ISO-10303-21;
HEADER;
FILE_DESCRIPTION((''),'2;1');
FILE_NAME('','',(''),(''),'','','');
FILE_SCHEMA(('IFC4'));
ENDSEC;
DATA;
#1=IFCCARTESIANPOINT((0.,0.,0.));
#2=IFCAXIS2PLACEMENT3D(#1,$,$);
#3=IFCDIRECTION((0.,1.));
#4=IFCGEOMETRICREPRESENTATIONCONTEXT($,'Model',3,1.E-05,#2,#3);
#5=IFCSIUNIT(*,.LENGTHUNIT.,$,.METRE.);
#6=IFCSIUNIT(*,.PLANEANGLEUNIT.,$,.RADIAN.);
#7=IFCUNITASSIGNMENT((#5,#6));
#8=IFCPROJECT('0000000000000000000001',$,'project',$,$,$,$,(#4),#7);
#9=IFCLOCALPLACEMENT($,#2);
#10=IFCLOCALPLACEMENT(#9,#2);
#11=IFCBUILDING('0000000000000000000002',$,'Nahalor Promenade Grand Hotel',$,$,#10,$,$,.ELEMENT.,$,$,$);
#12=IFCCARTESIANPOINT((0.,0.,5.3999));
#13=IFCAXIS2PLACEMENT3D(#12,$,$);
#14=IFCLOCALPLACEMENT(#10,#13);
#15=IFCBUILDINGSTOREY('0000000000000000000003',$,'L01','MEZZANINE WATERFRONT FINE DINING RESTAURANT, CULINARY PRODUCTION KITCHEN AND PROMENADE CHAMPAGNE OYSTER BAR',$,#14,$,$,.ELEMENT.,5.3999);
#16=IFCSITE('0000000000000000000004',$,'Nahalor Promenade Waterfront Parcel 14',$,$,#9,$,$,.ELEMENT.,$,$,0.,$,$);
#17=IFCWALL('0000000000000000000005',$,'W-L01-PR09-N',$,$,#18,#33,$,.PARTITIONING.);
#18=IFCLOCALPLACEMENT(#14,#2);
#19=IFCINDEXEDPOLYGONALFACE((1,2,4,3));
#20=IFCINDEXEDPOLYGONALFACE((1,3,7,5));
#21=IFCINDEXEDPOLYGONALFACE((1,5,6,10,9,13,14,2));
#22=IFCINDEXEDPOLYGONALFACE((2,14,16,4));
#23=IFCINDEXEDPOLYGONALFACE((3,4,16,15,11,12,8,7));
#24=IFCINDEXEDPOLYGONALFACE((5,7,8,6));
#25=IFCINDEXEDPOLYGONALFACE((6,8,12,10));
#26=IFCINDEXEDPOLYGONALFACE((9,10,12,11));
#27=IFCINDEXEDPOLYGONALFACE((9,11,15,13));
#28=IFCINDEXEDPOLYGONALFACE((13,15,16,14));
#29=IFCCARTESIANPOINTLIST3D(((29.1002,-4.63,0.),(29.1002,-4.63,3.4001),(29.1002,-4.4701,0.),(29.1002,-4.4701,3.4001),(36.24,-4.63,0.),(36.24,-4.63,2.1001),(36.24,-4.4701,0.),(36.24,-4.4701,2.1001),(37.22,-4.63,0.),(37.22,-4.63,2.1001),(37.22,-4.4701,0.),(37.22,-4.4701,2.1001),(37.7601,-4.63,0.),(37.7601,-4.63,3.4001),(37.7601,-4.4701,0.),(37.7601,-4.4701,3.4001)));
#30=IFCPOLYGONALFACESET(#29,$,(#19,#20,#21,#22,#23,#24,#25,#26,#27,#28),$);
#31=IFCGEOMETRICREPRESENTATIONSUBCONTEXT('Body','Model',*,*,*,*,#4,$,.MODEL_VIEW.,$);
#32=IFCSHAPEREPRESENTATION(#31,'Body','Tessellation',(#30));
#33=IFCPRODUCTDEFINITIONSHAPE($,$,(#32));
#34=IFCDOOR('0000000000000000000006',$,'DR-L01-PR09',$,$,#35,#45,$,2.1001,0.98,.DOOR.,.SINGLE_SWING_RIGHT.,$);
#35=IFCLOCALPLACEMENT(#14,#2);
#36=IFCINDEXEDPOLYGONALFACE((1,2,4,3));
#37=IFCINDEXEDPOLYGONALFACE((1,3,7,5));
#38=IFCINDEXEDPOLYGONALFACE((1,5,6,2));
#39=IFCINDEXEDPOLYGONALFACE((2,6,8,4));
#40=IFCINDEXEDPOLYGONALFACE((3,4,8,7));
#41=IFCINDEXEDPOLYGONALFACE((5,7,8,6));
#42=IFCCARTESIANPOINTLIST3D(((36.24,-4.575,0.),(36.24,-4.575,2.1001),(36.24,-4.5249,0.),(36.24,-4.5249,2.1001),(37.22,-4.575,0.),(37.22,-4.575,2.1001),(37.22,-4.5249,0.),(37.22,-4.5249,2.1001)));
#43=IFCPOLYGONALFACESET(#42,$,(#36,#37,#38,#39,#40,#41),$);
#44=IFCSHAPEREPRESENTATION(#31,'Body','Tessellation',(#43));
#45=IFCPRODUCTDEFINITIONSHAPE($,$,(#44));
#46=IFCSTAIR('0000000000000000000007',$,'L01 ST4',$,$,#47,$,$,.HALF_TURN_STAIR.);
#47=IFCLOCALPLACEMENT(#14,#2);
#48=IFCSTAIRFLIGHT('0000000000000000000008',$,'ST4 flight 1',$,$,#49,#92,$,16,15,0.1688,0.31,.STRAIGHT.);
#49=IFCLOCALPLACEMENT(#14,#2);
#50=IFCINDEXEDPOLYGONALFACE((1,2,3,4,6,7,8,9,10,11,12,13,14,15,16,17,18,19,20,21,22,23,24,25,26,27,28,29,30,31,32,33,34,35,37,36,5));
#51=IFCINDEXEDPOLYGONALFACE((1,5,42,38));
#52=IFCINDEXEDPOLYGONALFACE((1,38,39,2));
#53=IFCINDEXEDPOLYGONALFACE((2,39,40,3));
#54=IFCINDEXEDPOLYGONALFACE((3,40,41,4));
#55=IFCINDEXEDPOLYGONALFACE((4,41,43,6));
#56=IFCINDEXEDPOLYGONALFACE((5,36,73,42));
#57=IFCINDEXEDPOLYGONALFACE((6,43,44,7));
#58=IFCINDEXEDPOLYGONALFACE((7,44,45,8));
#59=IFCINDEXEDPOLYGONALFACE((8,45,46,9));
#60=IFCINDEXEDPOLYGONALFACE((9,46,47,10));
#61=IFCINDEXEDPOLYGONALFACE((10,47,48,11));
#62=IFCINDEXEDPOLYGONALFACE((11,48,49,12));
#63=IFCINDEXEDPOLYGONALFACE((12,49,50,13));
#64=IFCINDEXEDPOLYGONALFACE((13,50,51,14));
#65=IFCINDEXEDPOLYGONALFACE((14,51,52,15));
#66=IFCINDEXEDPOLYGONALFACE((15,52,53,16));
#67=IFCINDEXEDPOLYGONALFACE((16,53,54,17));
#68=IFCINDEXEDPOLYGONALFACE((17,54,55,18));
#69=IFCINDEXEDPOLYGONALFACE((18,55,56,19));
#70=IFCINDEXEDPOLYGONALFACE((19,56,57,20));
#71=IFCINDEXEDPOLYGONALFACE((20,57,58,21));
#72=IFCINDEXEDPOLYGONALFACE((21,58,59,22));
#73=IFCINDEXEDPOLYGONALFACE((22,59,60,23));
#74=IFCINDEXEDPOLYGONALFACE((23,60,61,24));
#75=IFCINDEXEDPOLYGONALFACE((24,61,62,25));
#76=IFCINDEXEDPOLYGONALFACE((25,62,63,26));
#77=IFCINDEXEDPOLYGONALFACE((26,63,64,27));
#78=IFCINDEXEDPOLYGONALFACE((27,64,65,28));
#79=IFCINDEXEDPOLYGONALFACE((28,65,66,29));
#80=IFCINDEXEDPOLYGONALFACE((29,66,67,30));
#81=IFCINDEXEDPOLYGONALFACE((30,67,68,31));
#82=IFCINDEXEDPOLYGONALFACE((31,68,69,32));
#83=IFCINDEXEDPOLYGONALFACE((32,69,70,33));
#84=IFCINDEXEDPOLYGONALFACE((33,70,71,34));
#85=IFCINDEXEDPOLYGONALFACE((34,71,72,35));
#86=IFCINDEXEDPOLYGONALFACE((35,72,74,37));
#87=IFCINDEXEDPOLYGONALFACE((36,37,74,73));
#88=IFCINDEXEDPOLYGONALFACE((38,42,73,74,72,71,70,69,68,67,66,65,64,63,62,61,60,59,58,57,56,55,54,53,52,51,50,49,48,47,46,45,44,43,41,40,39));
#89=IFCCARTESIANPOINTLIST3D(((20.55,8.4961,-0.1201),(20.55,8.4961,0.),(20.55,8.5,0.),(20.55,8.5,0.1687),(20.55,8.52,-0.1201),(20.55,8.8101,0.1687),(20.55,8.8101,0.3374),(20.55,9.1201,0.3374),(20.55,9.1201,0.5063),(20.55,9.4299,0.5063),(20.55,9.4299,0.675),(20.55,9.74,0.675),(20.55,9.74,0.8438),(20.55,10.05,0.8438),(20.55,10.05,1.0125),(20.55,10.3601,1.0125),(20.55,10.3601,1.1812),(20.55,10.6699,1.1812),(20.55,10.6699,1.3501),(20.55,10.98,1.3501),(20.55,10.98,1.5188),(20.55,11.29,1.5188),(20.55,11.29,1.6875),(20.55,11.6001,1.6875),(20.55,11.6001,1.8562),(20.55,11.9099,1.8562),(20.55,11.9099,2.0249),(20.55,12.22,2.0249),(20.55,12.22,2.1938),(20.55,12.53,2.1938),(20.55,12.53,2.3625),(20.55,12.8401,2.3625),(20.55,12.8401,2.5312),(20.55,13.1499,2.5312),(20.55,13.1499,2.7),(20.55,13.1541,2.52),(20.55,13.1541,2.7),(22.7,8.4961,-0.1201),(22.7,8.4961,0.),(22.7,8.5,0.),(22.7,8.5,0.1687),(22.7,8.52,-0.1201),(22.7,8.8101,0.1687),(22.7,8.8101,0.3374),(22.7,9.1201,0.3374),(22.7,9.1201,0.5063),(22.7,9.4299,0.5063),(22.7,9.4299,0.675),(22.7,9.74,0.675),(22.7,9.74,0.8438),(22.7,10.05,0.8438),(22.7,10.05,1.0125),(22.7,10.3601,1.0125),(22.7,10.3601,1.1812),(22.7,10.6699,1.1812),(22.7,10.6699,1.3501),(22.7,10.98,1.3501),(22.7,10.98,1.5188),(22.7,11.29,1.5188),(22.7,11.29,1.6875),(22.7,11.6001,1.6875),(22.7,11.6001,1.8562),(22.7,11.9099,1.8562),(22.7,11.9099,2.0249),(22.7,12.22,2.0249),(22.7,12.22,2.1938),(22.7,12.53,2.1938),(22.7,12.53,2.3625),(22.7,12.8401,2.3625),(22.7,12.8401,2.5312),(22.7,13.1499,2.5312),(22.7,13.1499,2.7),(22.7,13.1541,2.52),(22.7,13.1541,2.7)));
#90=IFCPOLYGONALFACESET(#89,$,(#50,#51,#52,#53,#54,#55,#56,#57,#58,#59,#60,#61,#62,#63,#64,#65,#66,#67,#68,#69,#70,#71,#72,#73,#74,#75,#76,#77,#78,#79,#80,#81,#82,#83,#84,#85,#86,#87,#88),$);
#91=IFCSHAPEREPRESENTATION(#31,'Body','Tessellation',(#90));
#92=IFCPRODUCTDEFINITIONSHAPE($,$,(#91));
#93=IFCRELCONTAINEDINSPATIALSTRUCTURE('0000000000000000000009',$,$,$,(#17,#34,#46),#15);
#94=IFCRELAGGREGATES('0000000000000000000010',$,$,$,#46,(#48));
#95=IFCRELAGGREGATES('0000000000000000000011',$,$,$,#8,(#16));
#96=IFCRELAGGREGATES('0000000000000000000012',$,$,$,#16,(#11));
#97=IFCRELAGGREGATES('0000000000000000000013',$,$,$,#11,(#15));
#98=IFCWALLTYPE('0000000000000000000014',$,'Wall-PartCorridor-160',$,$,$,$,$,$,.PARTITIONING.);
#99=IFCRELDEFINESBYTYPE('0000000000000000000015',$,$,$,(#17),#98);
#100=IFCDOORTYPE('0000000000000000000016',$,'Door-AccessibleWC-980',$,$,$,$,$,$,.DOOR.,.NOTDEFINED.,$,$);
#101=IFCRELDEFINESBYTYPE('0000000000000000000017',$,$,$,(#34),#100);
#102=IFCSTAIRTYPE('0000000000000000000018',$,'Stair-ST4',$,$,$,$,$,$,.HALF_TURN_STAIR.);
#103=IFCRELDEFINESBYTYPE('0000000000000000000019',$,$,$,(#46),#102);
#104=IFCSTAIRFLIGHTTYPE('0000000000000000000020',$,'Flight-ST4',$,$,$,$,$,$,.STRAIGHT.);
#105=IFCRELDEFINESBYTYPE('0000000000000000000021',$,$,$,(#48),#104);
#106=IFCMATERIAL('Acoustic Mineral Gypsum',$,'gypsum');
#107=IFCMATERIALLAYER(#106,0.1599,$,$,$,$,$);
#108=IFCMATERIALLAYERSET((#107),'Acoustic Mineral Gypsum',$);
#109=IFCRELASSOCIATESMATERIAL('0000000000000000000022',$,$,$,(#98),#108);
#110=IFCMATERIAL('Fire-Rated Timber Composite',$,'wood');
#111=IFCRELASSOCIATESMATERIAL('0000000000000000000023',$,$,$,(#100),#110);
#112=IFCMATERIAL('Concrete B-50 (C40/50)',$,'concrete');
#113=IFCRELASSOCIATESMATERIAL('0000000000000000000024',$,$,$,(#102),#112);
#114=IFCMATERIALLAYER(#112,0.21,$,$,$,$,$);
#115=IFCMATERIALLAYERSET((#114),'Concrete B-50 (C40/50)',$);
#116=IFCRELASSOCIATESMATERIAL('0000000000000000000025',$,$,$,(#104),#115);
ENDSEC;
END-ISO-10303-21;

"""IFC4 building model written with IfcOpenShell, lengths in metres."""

from ifc_helpers import new_model, si_unit, direction, frame, frame_2d, origin, place, context, subcontext, project, spatial, polyline, rectangle, outline, extrude, source, transform, mapped, material, layer, layer_set, type_object, element, fill, aggregate, save


model = new_model("IFC4")

# Units and contexts
model_context = context("Model", 3, precision=1e-05, world=origin(), true_north=direction((0.0, 1.0)))
body_context = subcontext(model_context, "Body", "Model", "MODEL_VIEW")
ifc_project = project(units=[si_unit("LENGTHUNIT", "METRE"), si_unit("PLANEANGLEUNIT", "RADIAN")], contexts=[model_context])

# Site, building, storey
site_placement = place(None, origin())
site = spatial("IfcSite", under=ifc_project, at=site_placement, Name="Nahalor Promenade Waterfront Parcel 14", CompositionType="ELEMENT", RefElevation=0.0)
building_placement = place(site_placement, origin())
building = spatial("IfcBuilding", under=site, at=building_placement, Name="Nahalor Promenade Grand Hotel", CompositionType="ELEMENT")
storey_placement = place(building_placement, frame((0.0, 0.0, 5.3999)))
storey = spatial("IfcBuildingStorey", under=building, at=storey_placement, Name="L01", Description="MEZZANINE WATERFRONT FINE DINING RESTAURANT, CULINARY PRODUCTION KITCHEN AND PROMENADE CHAMPAGNE OYSTER BAR", CompositionType="ELEMENT", Elevation=5.3999)

# Shared definitions
ifc_material_1 = material(Name="Concrete B-50 (C40/50)", Category="concrete")

# Shared definitions
ifc_material_2 = material(Name="Acoustic Mineral Gypsum", Category="gypsum")
ifc_layer_1 = layer(ifc_material_2, 0.1599)
ifc_layer_set_1 = layer_set([ifc_layer_1], Name="Acoustic Mineral Gypsum")
wall_type_1 = type_object("IfcWallType", Name="Wall-PartCorridor-160", PredefinedType="PARTITIONING", material=ifc_layer_set_1)

# Shared definitions
ifc_material_3 = material(Name="Fire-Rated Timber Composite", Category="wood")

# Wall, opening, door
shared_shape_1 = source(origin(), body_context, "Body", "SweptSolid", [
    extrude(rectangle(XDim=8.6599, YDim=0.1599, at=frame_2d((4.3301, 0.0))), origin(), (0.0, 0.0, 1.0), 3.4001),
])
wall_1_placement = place(storey_placement, frame((29.1001, -4.55, 0.0), z_axis=(0.0, 0.0, 1.0), x_axis=(1.0, 0.0, 0.0)))
wall_1 = element("IfcWall", 1, at=wall_1_placement, inside=storey, type_object=wall_type_1, Name="W-L01-PR09-N", PredefinedType="PARTITIONING", context=body_context, shape_type="MappedRepresentation", body=[
    mapped(shared_shape_1, transform((0.0, 0.0, 0.0), scale=1.0)),
])
opening_1_placement = place(wall_1_placement, frame((7.1399, 0.0, 0.0)))
opening_1 = element("IfcOpeningElement", 2, at=opening_1_placement, cuts=wall_1, PredefinedType="OPENING", context=body_context, shape_type="SweptSolid", body=[
    extrude(rectangle(XDim=0.98, YDim=2.1001, at=frame_2d((0.49, 1.05))), frame((0.0, 0.0898, 0.0), z_axis=(0.0, -1.0, 0.0), x_axis=(1.0, 0.0, 0.0)), (0.0, 0.0, 1.0), 0.1799),
])
door_type_1 = type_object("IfcDoorType", Name="Door-AccessibleWC-980", OperationType="NOTDEFINED", PredefinedType="DOOR", material=ifc_material_3)
shared_shape_2 = source(origin(), body_context, "Body", "SweptSolid", [
    extrude(rectangle(XDim=0.98, YDim=2.1001, at=frame_2d((0.49, 1.05))), frame((0.0, 0.0249, 0.0), z_axis=(0.0, -1.0, 0.0), x_axis=(1.0, 0.0, 0.0)), (0.0, 0.0, 1.0), 0.05),
])
door_1_placement = place(opening_1_placement, frame((0.98, 0.0, 0.0), z_axis=(0.0, 0.0, 1.0), x_axis=(-1.0, 0.0, 0.0)))
door_1 = element("IfcDoor", 3, at=door_1_placement, inside=storey, type_object=door_type_1, Name="DR-L01-PR09", OperationType="SINGLE_SWING_RIGHT", OverallHeight=2.1001, OverallWidth=0.98, PredefinedType="DOOR", context=body_context, shape_type="MappedRepresentation", body=[
    mapped(shared_shape_2, transform((0.0, 0.0, 0.0), scale=1.0)),
])
fill(opening_1, door_1)

# Stair, stair flight
stair_type = type_object("IfcStairType", Name="Stair-ST4", PredefinedType="HALF_TURN_STAIR", material=ifc_material_1)
stair_placement = place(storey_placement, origin())
stair = element("IfcStair", 4, at=stair_placement, inside=storey, type_object=stair_type, Name="L01 ST4", PredefinedType="HALF_TURN_STAIR")
ifc_layer_2 = layer(ifc_material_1, 0.21)
ifc_layer_set_2 = layer_set([ifc_layer_2], Name="Concrete B-50 (C40/50)")
stair_flight_type = type_object("IfcStairFlightType", Name="Flight-ST4", PredefinedType="STRAIGHT", material=ifc_layer_set_2)
shared_shape_3 = source(origin(), body_context, "Body", "SweptSolid", [
    extrude(outline(polyline([(-0.0039, -0.1201), (-0.0039, 0.0), (0.0, 0.0), (0.0, 0.1687), (0.3101, 0.1687), (0.3101, 0.3374), (0.6201, 0.3374), (0.6201, 0.5063), (0.9299, 0.5063), (0.9299, 0.675), (1.24, 0.675), (1.24, 0.8438), (1.55, 0.8438), (1.55, 1.0125), (1.8601, 1.0125), (1.8601, 1.1812), (2.1699, 1.1812), (2.1699, 1.3501), (2.48, 1.3501), (2.48, 1.5188), (2.79, 1.5188), (2.79, 1.6875), (3.1001, 1.6875), (3.1001, 1.8562), (3.4099, 1.8562), (3.4099, 2.0249), (3.72, 2.0249), (3.72, 2.1938), (4.03, 2.1938), (4.03, 2.3625), (4.3401, 2.3625), (4.3401, 2.5312), (4.6499, 2.5312), (4.6499, 2.7), (4.6541, 2.7), (4.6541, 2.52), (0.02, -0.1201), (-0.0039, -0.1201)])), frame((0.0, 1.075, 0.0), z_axis=(0.0, -1.0, 0.0), x_axis=(1.0, 0.0, 0.0)), (0.0, 0.0, 1.0), 2.1499),
])
stair_flight_placement = place(storey_placement, frame((21.625, 8.5, 0.0), z_axis=(0.0, 0.0, 1.0), x_axis=(0.0, 1.0, 0.0)))
stair_flight = element("IfcStairFlight", 5, at=stair_flight_placement, type_object=stair_flight_type, Name="ST4 flight 1", NumberOfRisers=16, NumberOfTreads=15, PredefinedType="STRAIGHT", RiserHeight=0.1688, TreadLength=0.31, context=body_context, shape_type="MappedRepresentation", body=[
    mapped(shared_shape_3, transform((0.0, 0.0, 0.0), scale=1.0)),
])
aggregate(stair, [stair_flight])

save(model, "model.ifc")
